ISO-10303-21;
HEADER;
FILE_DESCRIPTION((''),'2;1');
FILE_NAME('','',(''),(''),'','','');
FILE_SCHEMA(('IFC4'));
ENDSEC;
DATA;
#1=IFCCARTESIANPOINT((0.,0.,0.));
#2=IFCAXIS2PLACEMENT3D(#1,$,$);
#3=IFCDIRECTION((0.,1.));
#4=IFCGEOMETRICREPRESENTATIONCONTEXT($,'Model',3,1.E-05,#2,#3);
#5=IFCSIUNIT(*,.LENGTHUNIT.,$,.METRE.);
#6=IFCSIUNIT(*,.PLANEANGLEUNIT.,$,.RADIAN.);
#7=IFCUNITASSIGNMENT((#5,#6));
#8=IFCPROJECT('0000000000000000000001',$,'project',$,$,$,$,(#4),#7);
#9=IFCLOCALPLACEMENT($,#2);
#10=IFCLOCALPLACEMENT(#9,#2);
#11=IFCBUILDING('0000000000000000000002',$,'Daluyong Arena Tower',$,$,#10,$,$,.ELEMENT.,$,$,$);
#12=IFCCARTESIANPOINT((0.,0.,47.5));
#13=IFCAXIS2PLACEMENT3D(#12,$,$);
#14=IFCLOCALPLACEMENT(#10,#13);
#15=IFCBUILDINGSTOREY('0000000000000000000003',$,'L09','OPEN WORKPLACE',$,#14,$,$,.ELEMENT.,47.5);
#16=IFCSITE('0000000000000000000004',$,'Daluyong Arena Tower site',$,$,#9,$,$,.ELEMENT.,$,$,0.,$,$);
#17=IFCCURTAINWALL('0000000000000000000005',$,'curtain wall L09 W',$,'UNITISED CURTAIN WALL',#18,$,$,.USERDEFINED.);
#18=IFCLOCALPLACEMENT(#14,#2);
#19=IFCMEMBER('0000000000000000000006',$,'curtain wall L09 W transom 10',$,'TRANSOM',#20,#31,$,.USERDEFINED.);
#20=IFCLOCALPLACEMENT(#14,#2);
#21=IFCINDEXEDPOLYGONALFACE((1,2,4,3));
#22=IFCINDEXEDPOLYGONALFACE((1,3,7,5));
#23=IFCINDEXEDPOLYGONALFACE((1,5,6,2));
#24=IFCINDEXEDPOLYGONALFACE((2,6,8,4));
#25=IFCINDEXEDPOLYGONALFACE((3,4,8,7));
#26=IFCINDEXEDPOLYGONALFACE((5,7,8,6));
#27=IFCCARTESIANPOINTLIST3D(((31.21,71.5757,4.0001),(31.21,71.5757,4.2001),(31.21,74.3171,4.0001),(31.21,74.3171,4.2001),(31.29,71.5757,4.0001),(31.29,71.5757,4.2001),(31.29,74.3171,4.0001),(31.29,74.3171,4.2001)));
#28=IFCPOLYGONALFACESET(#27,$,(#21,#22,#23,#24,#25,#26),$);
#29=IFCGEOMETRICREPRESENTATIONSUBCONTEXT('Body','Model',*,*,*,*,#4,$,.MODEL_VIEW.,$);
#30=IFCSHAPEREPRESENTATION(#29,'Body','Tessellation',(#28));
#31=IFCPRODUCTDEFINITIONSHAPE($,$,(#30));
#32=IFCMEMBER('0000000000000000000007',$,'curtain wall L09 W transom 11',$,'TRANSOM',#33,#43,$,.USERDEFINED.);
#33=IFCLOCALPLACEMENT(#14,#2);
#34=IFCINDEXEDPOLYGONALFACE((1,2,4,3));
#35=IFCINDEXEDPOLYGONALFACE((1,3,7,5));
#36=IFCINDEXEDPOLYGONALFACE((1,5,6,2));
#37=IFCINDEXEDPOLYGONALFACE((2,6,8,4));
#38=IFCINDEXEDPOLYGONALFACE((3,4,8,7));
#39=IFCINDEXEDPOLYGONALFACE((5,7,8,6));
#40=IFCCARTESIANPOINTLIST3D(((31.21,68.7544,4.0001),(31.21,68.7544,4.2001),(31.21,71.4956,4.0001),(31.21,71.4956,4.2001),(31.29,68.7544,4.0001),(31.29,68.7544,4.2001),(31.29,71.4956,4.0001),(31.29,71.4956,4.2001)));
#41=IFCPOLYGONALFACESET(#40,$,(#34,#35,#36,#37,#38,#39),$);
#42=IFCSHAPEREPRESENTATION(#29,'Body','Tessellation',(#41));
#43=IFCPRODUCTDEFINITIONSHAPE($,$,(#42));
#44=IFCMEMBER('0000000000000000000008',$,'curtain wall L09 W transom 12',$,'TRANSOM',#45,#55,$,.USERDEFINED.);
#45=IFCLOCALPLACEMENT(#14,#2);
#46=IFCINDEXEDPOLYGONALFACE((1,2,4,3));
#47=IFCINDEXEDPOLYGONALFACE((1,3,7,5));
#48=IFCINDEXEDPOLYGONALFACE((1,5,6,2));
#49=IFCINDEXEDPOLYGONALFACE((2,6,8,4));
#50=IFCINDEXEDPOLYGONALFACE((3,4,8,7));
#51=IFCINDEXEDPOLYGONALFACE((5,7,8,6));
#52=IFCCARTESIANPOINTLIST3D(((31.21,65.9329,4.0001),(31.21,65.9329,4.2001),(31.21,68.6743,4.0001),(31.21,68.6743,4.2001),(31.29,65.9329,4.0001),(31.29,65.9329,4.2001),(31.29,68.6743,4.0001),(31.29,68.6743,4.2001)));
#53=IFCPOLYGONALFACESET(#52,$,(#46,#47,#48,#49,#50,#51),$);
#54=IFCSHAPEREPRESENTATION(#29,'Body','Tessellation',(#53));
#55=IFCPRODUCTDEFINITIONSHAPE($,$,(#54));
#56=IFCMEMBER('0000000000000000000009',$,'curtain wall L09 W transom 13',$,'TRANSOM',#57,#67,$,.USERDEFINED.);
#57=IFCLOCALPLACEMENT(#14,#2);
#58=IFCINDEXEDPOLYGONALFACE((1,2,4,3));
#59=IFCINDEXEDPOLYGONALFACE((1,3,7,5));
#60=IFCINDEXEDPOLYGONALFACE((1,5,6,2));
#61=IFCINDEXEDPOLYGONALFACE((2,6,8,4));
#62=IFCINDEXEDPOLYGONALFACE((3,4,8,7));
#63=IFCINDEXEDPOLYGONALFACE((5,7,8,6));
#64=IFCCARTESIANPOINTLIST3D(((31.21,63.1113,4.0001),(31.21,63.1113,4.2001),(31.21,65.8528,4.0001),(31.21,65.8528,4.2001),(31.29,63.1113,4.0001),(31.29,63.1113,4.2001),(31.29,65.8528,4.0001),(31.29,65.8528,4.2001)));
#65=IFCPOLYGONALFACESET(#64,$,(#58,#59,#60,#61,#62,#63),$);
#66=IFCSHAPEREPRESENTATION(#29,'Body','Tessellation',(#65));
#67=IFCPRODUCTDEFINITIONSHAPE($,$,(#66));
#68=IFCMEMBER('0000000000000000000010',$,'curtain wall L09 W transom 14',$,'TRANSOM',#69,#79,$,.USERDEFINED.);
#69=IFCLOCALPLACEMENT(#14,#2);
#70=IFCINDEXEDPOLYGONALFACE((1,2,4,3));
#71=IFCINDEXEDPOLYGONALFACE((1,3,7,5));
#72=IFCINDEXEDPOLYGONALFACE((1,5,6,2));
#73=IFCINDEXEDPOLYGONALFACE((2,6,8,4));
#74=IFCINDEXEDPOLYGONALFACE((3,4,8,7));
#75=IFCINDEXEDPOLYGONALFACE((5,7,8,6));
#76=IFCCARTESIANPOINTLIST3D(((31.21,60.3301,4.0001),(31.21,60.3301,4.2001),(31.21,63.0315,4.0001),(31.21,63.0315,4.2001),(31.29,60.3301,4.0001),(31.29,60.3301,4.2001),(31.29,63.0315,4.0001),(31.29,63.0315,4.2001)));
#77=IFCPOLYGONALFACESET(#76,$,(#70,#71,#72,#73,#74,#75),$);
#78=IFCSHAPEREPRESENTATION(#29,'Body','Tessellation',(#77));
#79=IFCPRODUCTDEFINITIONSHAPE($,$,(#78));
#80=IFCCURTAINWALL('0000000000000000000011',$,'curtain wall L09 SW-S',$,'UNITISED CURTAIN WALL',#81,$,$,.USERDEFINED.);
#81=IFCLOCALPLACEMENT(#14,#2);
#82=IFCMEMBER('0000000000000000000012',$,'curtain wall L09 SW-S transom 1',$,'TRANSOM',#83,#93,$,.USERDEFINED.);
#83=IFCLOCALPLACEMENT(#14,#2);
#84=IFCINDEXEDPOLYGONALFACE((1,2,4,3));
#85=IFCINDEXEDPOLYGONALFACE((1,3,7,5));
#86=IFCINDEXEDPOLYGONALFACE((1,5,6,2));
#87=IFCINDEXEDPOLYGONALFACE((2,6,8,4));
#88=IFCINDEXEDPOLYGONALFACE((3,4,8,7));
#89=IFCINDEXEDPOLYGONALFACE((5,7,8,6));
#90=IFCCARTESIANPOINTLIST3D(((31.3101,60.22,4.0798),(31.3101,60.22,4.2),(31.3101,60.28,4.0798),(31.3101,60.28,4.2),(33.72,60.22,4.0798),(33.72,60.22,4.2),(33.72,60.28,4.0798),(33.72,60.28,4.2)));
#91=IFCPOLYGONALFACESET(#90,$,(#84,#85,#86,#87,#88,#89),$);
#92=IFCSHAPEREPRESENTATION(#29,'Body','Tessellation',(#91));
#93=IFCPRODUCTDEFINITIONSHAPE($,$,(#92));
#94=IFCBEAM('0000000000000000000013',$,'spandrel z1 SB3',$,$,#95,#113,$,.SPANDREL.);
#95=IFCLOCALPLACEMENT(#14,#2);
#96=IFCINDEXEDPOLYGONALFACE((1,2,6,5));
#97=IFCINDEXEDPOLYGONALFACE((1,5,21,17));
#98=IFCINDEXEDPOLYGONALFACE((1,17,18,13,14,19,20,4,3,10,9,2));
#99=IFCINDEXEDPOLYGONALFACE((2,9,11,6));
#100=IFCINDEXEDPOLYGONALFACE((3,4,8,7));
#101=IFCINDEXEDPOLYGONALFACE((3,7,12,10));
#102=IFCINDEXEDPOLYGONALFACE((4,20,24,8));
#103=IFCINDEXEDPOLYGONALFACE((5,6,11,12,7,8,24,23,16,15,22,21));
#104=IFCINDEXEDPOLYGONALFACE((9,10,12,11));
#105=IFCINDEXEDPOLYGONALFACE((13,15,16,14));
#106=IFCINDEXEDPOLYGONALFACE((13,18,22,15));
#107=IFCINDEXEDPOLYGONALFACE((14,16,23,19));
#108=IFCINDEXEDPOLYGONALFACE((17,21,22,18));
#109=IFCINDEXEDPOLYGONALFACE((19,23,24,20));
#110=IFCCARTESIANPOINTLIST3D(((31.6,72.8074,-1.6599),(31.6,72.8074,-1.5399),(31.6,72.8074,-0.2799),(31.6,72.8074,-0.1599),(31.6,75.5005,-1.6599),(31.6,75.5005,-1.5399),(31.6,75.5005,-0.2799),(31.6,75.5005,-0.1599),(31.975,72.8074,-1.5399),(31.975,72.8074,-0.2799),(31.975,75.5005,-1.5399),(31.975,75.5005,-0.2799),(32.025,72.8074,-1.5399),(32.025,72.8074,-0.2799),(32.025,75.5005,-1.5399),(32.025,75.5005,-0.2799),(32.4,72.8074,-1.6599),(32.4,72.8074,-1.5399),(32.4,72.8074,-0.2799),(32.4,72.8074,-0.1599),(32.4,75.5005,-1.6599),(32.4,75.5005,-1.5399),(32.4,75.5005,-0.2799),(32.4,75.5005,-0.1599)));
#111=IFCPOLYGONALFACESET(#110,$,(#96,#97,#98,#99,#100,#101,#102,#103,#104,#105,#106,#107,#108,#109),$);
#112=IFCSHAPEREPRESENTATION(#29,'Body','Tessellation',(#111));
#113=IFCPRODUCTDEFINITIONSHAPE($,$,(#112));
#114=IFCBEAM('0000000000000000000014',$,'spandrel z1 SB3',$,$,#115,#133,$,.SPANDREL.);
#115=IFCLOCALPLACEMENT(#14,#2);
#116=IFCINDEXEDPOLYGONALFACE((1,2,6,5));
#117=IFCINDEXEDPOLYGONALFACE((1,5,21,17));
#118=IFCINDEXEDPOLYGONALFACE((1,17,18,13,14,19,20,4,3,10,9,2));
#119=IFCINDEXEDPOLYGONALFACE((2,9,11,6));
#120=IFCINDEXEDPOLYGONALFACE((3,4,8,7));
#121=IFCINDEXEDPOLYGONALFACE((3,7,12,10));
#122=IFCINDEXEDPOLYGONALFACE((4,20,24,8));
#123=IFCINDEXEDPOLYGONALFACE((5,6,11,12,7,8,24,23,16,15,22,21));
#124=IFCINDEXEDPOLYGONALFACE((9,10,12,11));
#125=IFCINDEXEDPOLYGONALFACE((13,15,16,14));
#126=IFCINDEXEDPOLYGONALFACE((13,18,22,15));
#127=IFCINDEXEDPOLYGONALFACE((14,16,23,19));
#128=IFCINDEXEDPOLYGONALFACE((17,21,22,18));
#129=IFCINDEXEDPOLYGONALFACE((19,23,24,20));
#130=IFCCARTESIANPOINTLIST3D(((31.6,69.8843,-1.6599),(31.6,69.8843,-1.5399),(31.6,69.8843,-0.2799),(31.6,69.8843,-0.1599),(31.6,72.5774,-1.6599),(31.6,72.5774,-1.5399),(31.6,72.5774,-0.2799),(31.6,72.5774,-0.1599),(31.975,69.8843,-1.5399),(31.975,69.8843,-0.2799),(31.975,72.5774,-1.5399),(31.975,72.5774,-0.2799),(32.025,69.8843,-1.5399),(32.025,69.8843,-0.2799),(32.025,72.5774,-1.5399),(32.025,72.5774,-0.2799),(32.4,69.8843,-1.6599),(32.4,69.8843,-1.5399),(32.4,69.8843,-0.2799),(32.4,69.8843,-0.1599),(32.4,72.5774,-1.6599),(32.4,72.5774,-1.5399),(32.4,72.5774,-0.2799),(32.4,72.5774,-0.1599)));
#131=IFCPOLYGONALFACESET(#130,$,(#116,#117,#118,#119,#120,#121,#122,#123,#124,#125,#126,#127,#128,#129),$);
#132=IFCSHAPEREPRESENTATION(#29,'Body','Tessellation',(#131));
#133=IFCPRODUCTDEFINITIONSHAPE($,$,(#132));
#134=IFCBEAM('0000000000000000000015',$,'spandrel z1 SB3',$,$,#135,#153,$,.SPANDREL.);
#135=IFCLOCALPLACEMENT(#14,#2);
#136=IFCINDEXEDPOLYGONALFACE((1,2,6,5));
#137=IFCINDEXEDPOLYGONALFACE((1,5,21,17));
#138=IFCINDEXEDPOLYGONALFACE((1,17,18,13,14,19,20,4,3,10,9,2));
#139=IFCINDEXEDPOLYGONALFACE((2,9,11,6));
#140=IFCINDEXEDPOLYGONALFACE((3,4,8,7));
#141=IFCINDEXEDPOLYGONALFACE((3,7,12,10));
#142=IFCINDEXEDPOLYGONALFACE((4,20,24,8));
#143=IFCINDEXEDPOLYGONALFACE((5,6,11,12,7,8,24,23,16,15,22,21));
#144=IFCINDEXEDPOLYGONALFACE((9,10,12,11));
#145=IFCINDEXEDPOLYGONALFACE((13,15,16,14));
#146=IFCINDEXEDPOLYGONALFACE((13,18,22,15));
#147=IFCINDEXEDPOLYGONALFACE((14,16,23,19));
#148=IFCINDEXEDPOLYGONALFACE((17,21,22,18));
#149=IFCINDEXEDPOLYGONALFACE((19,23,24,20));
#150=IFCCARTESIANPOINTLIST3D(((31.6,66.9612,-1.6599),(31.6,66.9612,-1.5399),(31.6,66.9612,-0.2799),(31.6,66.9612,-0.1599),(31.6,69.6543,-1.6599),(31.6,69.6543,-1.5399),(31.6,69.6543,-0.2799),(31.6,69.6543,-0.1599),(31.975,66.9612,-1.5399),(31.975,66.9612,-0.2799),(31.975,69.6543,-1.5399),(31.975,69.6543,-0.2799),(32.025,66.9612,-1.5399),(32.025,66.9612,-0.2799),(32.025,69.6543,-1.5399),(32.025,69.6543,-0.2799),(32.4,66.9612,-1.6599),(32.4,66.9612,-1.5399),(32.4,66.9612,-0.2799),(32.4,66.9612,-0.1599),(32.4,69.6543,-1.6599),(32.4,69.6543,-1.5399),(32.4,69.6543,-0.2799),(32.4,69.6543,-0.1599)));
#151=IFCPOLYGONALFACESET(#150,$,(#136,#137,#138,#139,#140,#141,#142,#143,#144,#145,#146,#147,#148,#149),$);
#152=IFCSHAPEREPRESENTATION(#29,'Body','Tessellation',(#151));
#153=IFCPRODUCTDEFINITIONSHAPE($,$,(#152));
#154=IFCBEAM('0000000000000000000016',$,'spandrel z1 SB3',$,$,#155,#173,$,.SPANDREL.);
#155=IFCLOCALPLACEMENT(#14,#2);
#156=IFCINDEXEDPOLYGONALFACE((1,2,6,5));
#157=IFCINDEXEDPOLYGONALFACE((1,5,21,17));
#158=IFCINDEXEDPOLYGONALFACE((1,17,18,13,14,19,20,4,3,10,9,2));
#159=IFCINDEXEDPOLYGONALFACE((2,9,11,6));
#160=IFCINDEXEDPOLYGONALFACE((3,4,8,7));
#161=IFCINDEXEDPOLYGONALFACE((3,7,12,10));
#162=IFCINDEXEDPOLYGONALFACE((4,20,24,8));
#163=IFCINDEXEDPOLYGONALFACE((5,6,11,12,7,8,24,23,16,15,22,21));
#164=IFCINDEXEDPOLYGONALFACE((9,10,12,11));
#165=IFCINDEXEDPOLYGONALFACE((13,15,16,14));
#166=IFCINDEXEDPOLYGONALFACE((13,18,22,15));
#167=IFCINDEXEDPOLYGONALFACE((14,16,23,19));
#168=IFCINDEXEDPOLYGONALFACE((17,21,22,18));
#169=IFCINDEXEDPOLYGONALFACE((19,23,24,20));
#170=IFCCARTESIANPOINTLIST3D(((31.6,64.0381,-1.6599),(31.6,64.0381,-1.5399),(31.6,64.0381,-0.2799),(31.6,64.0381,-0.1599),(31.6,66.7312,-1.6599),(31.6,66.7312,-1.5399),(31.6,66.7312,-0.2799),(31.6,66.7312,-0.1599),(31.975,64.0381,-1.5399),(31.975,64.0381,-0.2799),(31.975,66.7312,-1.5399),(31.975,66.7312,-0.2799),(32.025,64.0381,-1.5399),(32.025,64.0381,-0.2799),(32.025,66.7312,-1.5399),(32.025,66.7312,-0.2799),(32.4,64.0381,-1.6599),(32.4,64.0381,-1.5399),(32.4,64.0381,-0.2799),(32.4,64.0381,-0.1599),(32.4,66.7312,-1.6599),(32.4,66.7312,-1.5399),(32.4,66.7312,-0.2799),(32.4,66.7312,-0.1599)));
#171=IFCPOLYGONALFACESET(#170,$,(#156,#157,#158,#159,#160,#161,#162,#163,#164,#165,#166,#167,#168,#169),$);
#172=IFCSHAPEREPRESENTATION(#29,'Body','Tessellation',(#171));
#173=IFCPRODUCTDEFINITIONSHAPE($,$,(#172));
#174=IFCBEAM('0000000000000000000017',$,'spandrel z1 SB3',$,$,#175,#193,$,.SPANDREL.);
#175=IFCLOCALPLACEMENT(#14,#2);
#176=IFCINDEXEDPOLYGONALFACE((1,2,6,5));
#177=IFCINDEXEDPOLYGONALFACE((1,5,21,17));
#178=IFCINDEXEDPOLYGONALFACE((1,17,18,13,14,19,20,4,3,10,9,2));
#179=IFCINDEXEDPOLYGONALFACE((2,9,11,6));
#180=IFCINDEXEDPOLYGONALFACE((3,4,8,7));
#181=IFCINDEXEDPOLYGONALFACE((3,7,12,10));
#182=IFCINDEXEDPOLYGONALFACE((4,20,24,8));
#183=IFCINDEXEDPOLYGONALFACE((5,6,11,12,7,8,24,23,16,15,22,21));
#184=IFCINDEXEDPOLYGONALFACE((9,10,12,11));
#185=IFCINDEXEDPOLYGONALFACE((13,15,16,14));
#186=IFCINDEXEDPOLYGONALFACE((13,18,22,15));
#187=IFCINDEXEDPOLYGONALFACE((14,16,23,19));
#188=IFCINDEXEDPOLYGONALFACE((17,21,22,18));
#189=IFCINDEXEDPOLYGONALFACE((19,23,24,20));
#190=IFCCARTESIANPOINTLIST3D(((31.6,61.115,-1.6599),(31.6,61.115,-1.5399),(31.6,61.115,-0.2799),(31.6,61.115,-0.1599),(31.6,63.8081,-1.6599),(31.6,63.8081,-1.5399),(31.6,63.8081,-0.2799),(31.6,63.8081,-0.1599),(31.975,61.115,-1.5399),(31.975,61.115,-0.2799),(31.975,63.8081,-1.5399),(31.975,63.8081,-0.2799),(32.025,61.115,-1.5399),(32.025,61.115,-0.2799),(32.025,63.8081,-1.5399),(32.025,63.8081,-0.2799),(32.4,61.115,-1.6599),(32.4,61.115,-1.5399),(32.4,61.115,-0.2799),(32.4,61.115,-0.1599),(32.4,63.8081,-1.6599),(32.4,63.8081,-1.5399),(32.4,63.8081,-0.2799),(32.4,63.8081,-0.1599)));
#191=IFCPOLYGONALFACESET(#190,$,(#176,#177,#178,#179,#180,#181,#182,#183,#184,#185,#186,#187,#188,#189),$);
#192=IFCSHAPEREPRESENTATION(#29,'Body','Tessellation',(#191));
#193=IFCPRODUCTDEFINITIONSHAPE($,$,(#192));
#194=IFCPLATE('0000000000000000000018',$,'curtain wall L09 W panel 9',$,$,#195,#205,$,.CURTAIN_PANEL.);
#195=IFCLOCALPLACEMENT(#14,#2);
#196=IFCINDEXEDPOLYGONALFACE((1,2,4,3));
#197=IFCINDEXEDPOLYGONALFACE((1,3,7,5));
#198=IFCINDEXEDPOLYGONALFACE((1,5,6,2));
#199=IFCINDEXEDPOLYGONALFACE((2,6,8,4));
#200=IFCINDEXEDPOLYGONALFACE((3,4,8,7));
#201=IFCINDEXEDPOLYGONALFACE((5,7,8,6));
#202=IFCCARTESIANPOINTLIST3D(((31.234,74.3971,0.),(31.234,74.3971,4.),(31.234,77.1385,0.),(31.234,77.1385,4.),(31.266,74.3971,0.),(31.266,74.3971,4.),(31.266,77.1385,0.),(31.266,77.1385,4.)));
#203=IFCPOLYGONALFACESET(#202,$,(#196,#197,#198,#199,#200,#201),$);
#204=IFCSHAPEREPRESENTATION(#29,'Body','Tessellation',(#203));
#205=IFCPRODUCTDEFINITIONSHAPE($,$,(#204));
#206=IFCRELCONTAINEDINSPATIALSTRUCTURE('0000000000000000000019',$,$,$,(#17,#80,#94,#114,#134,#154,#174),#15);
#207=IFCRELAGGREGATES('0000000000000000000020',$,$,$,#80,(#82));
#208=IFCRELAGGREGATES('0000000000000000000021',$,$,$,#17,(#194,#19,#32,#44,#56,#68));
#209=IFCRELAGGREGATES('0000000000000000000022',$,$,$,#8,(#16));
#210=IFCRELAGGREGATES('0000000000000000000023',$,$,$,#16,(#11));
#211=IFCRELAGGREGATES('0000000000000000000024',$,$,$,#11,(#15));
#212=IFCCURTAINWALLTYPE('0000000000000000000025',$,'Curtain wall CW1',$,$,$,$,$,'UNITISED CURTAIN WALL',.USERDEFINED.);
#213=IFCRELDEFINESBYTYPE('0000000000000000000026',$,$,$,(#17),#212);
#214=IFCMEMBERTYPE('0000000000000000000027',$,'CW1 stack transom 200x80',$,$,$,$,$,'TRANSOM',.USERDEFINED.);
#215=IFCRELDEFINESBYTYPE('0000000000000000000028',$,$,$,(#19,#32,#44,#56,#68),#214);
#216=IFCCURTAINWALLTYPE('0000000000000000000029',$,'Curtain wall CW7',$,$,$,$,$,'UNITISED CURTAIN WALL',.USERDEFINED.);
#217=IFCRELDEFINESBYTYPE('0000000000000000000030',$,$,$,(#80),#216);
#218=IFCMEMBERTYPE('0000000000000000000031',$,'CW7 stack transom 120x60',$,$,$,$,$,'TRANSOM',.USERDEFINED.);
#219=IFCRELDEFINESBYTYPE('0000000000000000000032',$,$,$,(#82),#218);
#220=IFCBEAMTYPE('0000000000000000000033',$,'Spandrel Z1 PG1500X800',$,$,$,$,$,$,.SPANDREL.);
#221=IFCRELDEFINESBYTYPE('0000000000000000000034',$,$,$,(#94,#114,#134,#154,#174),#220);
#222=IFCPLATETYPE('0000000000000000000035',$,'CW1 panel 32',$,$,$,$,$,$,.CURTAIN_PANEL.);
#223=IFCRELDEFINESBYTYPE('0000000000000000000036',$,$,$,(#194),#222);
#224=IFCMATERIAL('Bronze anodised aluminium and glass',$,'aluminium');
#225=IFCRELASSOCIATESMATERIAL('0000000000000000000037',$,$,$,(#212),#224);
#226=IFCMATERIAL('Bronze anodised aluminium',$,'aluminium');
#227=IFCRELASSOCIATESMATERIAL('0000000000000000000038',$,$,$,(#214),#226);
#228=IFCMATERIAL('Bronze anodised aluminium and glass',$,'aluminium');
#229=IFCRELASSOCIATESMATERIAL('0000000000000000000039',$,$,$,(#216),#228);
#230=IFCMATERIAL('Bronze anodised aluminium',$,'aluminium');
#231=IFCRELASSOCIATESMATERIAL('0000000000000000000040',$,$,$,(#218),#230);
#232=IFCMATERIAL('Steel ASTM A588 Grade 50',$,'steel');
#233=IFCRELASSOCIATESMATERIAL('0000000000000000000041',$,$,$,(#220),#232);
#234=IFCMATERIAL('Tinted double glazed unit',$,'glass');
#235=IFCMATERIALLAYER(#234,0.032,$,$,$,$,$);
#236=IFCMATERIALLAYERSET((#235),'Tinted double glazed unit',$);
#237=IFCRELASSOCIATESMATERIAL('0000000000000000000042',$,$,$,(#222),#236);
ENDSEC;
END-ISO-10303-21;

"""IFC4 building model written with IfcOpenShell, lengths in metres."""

from ifc_helpers import new_model, si_unit, direction, frame, origin, origin_2d, place, context, subcontext, project, spatial, rectangle, i_section, extrude, material, layer, layer_set, material_profile, profile_set, type_object, element, aggregate, save


model = new_model("IFC4")

# Units and contexts
model_context = context("Model", 3, precision=1e-05, world=origin(), true_north=direction((0.0, 1.0)))
body_context = subcontext(model_context, "Body", "Model", "MODEL_VIEW")
ifc_project = project(units=[si_unit("LENGTHUNIT", "METRE"), si_unit("PLANEANGLEUNIT", "RADIAN")], contexts=[model_context])

# Site, building, storey
site_placement = place(None, origin())
site = spatial("IfcSite", under=ifc_project, at=site_placement, Name="Daluyong Arena Tower site", CompositionType="ELEMENT", RefElevation=0.0)
building_placement = place(site_placement, origin())
building = spatial("IfcBuilding", under=site, at=building_placement, Name="Daluyong Arena Tower", CompositionType="ELEMENT")
storey_placement = place(building_placement, frame((0.0, 0.0, 47.5)))
storey = spatial("IfcBuildingStorey", under=building, at=storey_placement, Name="L09", Description="OPEN WORKPLACE", CompositionType="ELEMENT", Elevation=47.5)

# Curtain wall, members
ifc_material_1 = material(Name="Bronze anodised aluminium and glass", Category="aluminium")
curtain_wall_type_1 = type_object("IfcCurtainWallType", Name="Curtain wall CW1", ElementType="UNITISED CURTAIN WALL", PredefinedType="USERDEFINED", material=ifc_material_1)
curtain_wall_1_placement = place(storey_placement, origin())
curtain_wall_1 = element("IfcCurtainWall", 1, at=curtain_wall_1_placement, inside=storey, type_object=curtain_wall_type_1, Name="curtain wall L09 W", ObjectType="UNITISED CURTAIN WALL", PredefinedType="USERDEFINED")
ifc_material_2 = material(Name="Bronze anodised aluminium", Category="aluminium")
ifc_material_profile_1 = material_profile(ifc_material_2, rectangle(XDim=0.0801, YDim=0.2, at=origin_2d()))
ifc_profile_set_1 = profile_set([ifc_material_profile_1], Name="Bronze anodised aluminium")
member_type_1 = type_object("IfcMemberType", Name="CW1 stack transom 200x80", ElementType="TRANSOM", PredefinedType="USERDEFINED", material=ifc_profile_set_1)
member_1_placement = place(storey_placement, frame((31.25, 74.3171, 4.1001), z_axis=(0.0, -1.0, 0.0), x_axis=(1.0, 0.0, 0.0)))
member_1 = element("IfcMember", 2, at=member_1_placement, type_object=member_type_1, Name="curtain wall L09 W transom 10", ObjectType="TRANSOM", PredefinedType="USERDEFINED", context=body_context, shape_type="SweptSolid", body=[
    extrude(rectangle(XDim=0.0801, YDim=0.2, at=origin_2d()), origin(), (0.0, 0.0, 1.0), 2.7415),
])
member_2_placement = place(storey_placement, frame((31.25, 71.4956, 4.1001), z_axis=(0.0, -1.0, 0.0), x_axis=(1.0, 0.0, 0.0)))
member_2 = element("IfcMember", 3, at=member_2_placement, type_object=member_type_1, Name="curtain wall L09 W transom 11", ObjectType="TRANSOM", PredefinedType="USERDEFINED", context=body_context, shape_type="SweptSolid", body=[
    extrude(rectangle(XDim=0.0801, YDim=0.2, at=origin_2d()), origin(), (0.0, 0.0, 1.0), 2.7412),
])
member_3_placement = place(storey_placement, frame((31.25, 68.6743, 4.1001), z_axis=(0.0, -1.0, 0.0), x_axis=(1.0, 0.0, 0.0)))
member_3 = element("IfcMember", 4, at=member_3_placement, type_object=member_type_1, Name="curtain wall L09 W transom 12", ObjectType="TRANSOM", PredefinedType="USERDEFINED", context=body_context, shape_type="SweptSolid", body=[
    extrude(rectangle(XDim=0.0801, YDim=0.2, at=origin_2d()), origin(), (0.0, 0.0, 1.0), 2.7415),
])
member_4_placement = place(storey_placement, frame((31.25, 65.8528, 4.1001), z_axis=(0.0, -1.0, 0.0), x_axis=(1.0, 0.0, 0.0)))
member_4 = element("IfcMember", 5, at=member_4_placement, type_object=member_type_1, Name="curtain wall L09 W transom 13", ObjectType="TRANSOM", PredefinedType="USERDEFINED", context=body_context, shape_type="SweptSolid", body=[
    extrude(rectangle(XDim=0.0801, YDim=0.2, at=origin_2d()), origin(), (0.0, 0.0, 1.0), 2.7415),
])
member_5_placement = place(storey_placement, frame((31.25, 63.0315, 4.1001), z_axis=(0.0, -1.0, 0.0), x_axis=(1.0, 0.0, 0.0)))
member_5 = element("IfcMember", 6, at=member_5_placement, type_object=member_type_1, Name="curtain wall L09 W transom 14", ObjectType="TRANSOM", PredefinedType="USERDEFINED", context=body_context, shape_type="SweptSolid", body=[
    extrude(rectangle(XDim=0.0801, YDim=0.2, at=origin_2d()), origin(), (0.0, 0.0, 1.0), 2.7014),
])

# Curtain wall, member
ifc_material_3 = material(Name="Bronze anodised aluminium and glass", Category="aluminium")
curtain_wall_type_2 = type_object("IfcCurtainWallType", Name="Curtain wall CW7", ElementType="UNITISED CURTAIN WALL", PredefinedType="USERDEFINED", material=ifc_material_3)
curtain_wall_2_placement = place(storey_placement, origin())
curtain_wall_2 = element("IfcCurtainWall", 7, at=curtain_wall_2_placement, inside=storey, type_object=curtain_wall_type_2, Name="curtain wall L09 SW-S", ObjectType="UNITISED CURTAIN WALL", PredefinedType="USERDEFINED")
ifc_material_4 = material(Name="Bronze anodised aluminium", Category="aluminium")
ifc_material_profile_2 = material_profile(ifc_material_4, rectangle(XDim=0.0601, YDim=0.1201, at=origin_2d()))
ifc_profile_set_2 = profile_set([ifc_material_profile_2], Name="Bronze anodised aluminium")
member_type_2 = type_object("IfcMemberType", Name="CW7 stack transom 120x60", ElementType="TRANSOM", PredefinedType="USERDEFINED", material=ifc_profile_set_2)
member_6_placement = place(storey_placement, frame((31.3101, 60.25, 4.1399), z_axis=(1.0, 0.0, 0.0), x_axis=(0.0, 1.0, 0.0)))
member_6 = element("IfcMember", 8, at=member_6_placement, type_object=member_type_2, Name="curtain wall L09 SW-S transom 1", ObjectType="TRANSOM", PredefinedType="USERDEFINED", context=body_context, shape_type="SweptSolid", body=[
    extrude(rectangle(XDim=0.0601, YDim=0.1201, at=origin_2d()), origin(), (0.0, 0.0, 1.0), 2.4099),
])
aggregate(curtain_wall_2, [member_6])

# Beams
ifc_material_5 = material(Name="Steel ASTM A588 Grade 50", Category="steel")
ifc_material_profile_3 = material_profile(ifc_material_5, i_section(OverallWidth=0.8, OverallDepth=1.5, WebThickness=0.05, FlangeThickness=0.12, at=origin_2d()))
ifc_profile_set_3 = profile_set([ifc_material_profile_3], Name="Steel ASTM A588 Grade 50")
beam_type = type_object("IfcBeamType", Name="Spandrel Z1 PG1500X800", PredefinedType="SPANDREL", material=ifc_profile_set_3)
for number, where, z_axis, x_axis, name in (
    (9, (32.0, 75.5005, -0.9099), (0.0, -1.0, 0.0), (1.0, 0.0, 0.0), "spandrel z1 SB3"),
    (10, (32.0, 72.5774, -0.9099), (0.0, -1.0, 0.0), (1.0, 0.0, 0.0), "spandrel z1 SB3"),
    (11, (32.0, 69.6543, -0.9099), (0.0, -1.0, 0.0), (1.0, 0.0, 0.0), "spandrel z1 SB3"),
    (12, (32.0, 66.7312, -0.9099), (0.0, -1.0, 0.0), (1.0, 0.0, 0.0), "spandrel z1 SB3"),
    (13, (32.0, 63.8081, -0.9099), (0.0, -1.0, 0.0), (1.0, 0.0, 0.0), "spandrel z1 SB3"),
):
    element("IfcBeam", number, at=place(storey_placement, frame(where, z_axis=z_axis, x_axis=x_axis)), inside=storey, type_object=beam_type, Name=name, PredefinedType="SPANDREL", context=body_context, shape_type="SweptSolid", body=[
        extrude(i_section(OverallWidth=0.8, OverallDepth=1.5, WebThickness=0.05, FlangeThickness=0.12, at=origin_2d()), origin(), (0.0, 0.0, 1.0), 2.6931),
    ])

# Plate
ifc_material_6 = material(Name="Tinted double glazed unit", Category="glass")
ifc_layer_1 = layer(ifc_material_6, 0.032)
ifc_layer_set_1 = layer_set([ifc_layer_1], Name="Tinted double glazed unit")
plate_type = type_object("IfcPlateType", Name="CW1 panel 32", PredefinedType="CURTAIN_PANEL", material=ifc_layer_set_1)
plate_1_placement = place(storey_placement, frame((31.25, 75.7678, 0.0), z_axis=(0.0, 0.0, 1.0), x_axis=(0.0, -1.0, 0.0)))
plate_1 = element("IfcPlate", 14, at=plate_1_placement, type_object=plate_type, Name="curtain wall L09 W panel 9", PredefinedType="CURTAIN_PANEL", context=body_context, shape_type="SweptSolid", body=[
    extrude(rectangle(XDim=2.7415, YDim=0.032, at=origin_2d()), origin(), (0.0, 0.0, 1.0), 4.0),
])
aggregate(curtain_wall_1, [plate_1, member_1, member_2, member_3, member_4, member_5])

save(model, "model.ifc")
